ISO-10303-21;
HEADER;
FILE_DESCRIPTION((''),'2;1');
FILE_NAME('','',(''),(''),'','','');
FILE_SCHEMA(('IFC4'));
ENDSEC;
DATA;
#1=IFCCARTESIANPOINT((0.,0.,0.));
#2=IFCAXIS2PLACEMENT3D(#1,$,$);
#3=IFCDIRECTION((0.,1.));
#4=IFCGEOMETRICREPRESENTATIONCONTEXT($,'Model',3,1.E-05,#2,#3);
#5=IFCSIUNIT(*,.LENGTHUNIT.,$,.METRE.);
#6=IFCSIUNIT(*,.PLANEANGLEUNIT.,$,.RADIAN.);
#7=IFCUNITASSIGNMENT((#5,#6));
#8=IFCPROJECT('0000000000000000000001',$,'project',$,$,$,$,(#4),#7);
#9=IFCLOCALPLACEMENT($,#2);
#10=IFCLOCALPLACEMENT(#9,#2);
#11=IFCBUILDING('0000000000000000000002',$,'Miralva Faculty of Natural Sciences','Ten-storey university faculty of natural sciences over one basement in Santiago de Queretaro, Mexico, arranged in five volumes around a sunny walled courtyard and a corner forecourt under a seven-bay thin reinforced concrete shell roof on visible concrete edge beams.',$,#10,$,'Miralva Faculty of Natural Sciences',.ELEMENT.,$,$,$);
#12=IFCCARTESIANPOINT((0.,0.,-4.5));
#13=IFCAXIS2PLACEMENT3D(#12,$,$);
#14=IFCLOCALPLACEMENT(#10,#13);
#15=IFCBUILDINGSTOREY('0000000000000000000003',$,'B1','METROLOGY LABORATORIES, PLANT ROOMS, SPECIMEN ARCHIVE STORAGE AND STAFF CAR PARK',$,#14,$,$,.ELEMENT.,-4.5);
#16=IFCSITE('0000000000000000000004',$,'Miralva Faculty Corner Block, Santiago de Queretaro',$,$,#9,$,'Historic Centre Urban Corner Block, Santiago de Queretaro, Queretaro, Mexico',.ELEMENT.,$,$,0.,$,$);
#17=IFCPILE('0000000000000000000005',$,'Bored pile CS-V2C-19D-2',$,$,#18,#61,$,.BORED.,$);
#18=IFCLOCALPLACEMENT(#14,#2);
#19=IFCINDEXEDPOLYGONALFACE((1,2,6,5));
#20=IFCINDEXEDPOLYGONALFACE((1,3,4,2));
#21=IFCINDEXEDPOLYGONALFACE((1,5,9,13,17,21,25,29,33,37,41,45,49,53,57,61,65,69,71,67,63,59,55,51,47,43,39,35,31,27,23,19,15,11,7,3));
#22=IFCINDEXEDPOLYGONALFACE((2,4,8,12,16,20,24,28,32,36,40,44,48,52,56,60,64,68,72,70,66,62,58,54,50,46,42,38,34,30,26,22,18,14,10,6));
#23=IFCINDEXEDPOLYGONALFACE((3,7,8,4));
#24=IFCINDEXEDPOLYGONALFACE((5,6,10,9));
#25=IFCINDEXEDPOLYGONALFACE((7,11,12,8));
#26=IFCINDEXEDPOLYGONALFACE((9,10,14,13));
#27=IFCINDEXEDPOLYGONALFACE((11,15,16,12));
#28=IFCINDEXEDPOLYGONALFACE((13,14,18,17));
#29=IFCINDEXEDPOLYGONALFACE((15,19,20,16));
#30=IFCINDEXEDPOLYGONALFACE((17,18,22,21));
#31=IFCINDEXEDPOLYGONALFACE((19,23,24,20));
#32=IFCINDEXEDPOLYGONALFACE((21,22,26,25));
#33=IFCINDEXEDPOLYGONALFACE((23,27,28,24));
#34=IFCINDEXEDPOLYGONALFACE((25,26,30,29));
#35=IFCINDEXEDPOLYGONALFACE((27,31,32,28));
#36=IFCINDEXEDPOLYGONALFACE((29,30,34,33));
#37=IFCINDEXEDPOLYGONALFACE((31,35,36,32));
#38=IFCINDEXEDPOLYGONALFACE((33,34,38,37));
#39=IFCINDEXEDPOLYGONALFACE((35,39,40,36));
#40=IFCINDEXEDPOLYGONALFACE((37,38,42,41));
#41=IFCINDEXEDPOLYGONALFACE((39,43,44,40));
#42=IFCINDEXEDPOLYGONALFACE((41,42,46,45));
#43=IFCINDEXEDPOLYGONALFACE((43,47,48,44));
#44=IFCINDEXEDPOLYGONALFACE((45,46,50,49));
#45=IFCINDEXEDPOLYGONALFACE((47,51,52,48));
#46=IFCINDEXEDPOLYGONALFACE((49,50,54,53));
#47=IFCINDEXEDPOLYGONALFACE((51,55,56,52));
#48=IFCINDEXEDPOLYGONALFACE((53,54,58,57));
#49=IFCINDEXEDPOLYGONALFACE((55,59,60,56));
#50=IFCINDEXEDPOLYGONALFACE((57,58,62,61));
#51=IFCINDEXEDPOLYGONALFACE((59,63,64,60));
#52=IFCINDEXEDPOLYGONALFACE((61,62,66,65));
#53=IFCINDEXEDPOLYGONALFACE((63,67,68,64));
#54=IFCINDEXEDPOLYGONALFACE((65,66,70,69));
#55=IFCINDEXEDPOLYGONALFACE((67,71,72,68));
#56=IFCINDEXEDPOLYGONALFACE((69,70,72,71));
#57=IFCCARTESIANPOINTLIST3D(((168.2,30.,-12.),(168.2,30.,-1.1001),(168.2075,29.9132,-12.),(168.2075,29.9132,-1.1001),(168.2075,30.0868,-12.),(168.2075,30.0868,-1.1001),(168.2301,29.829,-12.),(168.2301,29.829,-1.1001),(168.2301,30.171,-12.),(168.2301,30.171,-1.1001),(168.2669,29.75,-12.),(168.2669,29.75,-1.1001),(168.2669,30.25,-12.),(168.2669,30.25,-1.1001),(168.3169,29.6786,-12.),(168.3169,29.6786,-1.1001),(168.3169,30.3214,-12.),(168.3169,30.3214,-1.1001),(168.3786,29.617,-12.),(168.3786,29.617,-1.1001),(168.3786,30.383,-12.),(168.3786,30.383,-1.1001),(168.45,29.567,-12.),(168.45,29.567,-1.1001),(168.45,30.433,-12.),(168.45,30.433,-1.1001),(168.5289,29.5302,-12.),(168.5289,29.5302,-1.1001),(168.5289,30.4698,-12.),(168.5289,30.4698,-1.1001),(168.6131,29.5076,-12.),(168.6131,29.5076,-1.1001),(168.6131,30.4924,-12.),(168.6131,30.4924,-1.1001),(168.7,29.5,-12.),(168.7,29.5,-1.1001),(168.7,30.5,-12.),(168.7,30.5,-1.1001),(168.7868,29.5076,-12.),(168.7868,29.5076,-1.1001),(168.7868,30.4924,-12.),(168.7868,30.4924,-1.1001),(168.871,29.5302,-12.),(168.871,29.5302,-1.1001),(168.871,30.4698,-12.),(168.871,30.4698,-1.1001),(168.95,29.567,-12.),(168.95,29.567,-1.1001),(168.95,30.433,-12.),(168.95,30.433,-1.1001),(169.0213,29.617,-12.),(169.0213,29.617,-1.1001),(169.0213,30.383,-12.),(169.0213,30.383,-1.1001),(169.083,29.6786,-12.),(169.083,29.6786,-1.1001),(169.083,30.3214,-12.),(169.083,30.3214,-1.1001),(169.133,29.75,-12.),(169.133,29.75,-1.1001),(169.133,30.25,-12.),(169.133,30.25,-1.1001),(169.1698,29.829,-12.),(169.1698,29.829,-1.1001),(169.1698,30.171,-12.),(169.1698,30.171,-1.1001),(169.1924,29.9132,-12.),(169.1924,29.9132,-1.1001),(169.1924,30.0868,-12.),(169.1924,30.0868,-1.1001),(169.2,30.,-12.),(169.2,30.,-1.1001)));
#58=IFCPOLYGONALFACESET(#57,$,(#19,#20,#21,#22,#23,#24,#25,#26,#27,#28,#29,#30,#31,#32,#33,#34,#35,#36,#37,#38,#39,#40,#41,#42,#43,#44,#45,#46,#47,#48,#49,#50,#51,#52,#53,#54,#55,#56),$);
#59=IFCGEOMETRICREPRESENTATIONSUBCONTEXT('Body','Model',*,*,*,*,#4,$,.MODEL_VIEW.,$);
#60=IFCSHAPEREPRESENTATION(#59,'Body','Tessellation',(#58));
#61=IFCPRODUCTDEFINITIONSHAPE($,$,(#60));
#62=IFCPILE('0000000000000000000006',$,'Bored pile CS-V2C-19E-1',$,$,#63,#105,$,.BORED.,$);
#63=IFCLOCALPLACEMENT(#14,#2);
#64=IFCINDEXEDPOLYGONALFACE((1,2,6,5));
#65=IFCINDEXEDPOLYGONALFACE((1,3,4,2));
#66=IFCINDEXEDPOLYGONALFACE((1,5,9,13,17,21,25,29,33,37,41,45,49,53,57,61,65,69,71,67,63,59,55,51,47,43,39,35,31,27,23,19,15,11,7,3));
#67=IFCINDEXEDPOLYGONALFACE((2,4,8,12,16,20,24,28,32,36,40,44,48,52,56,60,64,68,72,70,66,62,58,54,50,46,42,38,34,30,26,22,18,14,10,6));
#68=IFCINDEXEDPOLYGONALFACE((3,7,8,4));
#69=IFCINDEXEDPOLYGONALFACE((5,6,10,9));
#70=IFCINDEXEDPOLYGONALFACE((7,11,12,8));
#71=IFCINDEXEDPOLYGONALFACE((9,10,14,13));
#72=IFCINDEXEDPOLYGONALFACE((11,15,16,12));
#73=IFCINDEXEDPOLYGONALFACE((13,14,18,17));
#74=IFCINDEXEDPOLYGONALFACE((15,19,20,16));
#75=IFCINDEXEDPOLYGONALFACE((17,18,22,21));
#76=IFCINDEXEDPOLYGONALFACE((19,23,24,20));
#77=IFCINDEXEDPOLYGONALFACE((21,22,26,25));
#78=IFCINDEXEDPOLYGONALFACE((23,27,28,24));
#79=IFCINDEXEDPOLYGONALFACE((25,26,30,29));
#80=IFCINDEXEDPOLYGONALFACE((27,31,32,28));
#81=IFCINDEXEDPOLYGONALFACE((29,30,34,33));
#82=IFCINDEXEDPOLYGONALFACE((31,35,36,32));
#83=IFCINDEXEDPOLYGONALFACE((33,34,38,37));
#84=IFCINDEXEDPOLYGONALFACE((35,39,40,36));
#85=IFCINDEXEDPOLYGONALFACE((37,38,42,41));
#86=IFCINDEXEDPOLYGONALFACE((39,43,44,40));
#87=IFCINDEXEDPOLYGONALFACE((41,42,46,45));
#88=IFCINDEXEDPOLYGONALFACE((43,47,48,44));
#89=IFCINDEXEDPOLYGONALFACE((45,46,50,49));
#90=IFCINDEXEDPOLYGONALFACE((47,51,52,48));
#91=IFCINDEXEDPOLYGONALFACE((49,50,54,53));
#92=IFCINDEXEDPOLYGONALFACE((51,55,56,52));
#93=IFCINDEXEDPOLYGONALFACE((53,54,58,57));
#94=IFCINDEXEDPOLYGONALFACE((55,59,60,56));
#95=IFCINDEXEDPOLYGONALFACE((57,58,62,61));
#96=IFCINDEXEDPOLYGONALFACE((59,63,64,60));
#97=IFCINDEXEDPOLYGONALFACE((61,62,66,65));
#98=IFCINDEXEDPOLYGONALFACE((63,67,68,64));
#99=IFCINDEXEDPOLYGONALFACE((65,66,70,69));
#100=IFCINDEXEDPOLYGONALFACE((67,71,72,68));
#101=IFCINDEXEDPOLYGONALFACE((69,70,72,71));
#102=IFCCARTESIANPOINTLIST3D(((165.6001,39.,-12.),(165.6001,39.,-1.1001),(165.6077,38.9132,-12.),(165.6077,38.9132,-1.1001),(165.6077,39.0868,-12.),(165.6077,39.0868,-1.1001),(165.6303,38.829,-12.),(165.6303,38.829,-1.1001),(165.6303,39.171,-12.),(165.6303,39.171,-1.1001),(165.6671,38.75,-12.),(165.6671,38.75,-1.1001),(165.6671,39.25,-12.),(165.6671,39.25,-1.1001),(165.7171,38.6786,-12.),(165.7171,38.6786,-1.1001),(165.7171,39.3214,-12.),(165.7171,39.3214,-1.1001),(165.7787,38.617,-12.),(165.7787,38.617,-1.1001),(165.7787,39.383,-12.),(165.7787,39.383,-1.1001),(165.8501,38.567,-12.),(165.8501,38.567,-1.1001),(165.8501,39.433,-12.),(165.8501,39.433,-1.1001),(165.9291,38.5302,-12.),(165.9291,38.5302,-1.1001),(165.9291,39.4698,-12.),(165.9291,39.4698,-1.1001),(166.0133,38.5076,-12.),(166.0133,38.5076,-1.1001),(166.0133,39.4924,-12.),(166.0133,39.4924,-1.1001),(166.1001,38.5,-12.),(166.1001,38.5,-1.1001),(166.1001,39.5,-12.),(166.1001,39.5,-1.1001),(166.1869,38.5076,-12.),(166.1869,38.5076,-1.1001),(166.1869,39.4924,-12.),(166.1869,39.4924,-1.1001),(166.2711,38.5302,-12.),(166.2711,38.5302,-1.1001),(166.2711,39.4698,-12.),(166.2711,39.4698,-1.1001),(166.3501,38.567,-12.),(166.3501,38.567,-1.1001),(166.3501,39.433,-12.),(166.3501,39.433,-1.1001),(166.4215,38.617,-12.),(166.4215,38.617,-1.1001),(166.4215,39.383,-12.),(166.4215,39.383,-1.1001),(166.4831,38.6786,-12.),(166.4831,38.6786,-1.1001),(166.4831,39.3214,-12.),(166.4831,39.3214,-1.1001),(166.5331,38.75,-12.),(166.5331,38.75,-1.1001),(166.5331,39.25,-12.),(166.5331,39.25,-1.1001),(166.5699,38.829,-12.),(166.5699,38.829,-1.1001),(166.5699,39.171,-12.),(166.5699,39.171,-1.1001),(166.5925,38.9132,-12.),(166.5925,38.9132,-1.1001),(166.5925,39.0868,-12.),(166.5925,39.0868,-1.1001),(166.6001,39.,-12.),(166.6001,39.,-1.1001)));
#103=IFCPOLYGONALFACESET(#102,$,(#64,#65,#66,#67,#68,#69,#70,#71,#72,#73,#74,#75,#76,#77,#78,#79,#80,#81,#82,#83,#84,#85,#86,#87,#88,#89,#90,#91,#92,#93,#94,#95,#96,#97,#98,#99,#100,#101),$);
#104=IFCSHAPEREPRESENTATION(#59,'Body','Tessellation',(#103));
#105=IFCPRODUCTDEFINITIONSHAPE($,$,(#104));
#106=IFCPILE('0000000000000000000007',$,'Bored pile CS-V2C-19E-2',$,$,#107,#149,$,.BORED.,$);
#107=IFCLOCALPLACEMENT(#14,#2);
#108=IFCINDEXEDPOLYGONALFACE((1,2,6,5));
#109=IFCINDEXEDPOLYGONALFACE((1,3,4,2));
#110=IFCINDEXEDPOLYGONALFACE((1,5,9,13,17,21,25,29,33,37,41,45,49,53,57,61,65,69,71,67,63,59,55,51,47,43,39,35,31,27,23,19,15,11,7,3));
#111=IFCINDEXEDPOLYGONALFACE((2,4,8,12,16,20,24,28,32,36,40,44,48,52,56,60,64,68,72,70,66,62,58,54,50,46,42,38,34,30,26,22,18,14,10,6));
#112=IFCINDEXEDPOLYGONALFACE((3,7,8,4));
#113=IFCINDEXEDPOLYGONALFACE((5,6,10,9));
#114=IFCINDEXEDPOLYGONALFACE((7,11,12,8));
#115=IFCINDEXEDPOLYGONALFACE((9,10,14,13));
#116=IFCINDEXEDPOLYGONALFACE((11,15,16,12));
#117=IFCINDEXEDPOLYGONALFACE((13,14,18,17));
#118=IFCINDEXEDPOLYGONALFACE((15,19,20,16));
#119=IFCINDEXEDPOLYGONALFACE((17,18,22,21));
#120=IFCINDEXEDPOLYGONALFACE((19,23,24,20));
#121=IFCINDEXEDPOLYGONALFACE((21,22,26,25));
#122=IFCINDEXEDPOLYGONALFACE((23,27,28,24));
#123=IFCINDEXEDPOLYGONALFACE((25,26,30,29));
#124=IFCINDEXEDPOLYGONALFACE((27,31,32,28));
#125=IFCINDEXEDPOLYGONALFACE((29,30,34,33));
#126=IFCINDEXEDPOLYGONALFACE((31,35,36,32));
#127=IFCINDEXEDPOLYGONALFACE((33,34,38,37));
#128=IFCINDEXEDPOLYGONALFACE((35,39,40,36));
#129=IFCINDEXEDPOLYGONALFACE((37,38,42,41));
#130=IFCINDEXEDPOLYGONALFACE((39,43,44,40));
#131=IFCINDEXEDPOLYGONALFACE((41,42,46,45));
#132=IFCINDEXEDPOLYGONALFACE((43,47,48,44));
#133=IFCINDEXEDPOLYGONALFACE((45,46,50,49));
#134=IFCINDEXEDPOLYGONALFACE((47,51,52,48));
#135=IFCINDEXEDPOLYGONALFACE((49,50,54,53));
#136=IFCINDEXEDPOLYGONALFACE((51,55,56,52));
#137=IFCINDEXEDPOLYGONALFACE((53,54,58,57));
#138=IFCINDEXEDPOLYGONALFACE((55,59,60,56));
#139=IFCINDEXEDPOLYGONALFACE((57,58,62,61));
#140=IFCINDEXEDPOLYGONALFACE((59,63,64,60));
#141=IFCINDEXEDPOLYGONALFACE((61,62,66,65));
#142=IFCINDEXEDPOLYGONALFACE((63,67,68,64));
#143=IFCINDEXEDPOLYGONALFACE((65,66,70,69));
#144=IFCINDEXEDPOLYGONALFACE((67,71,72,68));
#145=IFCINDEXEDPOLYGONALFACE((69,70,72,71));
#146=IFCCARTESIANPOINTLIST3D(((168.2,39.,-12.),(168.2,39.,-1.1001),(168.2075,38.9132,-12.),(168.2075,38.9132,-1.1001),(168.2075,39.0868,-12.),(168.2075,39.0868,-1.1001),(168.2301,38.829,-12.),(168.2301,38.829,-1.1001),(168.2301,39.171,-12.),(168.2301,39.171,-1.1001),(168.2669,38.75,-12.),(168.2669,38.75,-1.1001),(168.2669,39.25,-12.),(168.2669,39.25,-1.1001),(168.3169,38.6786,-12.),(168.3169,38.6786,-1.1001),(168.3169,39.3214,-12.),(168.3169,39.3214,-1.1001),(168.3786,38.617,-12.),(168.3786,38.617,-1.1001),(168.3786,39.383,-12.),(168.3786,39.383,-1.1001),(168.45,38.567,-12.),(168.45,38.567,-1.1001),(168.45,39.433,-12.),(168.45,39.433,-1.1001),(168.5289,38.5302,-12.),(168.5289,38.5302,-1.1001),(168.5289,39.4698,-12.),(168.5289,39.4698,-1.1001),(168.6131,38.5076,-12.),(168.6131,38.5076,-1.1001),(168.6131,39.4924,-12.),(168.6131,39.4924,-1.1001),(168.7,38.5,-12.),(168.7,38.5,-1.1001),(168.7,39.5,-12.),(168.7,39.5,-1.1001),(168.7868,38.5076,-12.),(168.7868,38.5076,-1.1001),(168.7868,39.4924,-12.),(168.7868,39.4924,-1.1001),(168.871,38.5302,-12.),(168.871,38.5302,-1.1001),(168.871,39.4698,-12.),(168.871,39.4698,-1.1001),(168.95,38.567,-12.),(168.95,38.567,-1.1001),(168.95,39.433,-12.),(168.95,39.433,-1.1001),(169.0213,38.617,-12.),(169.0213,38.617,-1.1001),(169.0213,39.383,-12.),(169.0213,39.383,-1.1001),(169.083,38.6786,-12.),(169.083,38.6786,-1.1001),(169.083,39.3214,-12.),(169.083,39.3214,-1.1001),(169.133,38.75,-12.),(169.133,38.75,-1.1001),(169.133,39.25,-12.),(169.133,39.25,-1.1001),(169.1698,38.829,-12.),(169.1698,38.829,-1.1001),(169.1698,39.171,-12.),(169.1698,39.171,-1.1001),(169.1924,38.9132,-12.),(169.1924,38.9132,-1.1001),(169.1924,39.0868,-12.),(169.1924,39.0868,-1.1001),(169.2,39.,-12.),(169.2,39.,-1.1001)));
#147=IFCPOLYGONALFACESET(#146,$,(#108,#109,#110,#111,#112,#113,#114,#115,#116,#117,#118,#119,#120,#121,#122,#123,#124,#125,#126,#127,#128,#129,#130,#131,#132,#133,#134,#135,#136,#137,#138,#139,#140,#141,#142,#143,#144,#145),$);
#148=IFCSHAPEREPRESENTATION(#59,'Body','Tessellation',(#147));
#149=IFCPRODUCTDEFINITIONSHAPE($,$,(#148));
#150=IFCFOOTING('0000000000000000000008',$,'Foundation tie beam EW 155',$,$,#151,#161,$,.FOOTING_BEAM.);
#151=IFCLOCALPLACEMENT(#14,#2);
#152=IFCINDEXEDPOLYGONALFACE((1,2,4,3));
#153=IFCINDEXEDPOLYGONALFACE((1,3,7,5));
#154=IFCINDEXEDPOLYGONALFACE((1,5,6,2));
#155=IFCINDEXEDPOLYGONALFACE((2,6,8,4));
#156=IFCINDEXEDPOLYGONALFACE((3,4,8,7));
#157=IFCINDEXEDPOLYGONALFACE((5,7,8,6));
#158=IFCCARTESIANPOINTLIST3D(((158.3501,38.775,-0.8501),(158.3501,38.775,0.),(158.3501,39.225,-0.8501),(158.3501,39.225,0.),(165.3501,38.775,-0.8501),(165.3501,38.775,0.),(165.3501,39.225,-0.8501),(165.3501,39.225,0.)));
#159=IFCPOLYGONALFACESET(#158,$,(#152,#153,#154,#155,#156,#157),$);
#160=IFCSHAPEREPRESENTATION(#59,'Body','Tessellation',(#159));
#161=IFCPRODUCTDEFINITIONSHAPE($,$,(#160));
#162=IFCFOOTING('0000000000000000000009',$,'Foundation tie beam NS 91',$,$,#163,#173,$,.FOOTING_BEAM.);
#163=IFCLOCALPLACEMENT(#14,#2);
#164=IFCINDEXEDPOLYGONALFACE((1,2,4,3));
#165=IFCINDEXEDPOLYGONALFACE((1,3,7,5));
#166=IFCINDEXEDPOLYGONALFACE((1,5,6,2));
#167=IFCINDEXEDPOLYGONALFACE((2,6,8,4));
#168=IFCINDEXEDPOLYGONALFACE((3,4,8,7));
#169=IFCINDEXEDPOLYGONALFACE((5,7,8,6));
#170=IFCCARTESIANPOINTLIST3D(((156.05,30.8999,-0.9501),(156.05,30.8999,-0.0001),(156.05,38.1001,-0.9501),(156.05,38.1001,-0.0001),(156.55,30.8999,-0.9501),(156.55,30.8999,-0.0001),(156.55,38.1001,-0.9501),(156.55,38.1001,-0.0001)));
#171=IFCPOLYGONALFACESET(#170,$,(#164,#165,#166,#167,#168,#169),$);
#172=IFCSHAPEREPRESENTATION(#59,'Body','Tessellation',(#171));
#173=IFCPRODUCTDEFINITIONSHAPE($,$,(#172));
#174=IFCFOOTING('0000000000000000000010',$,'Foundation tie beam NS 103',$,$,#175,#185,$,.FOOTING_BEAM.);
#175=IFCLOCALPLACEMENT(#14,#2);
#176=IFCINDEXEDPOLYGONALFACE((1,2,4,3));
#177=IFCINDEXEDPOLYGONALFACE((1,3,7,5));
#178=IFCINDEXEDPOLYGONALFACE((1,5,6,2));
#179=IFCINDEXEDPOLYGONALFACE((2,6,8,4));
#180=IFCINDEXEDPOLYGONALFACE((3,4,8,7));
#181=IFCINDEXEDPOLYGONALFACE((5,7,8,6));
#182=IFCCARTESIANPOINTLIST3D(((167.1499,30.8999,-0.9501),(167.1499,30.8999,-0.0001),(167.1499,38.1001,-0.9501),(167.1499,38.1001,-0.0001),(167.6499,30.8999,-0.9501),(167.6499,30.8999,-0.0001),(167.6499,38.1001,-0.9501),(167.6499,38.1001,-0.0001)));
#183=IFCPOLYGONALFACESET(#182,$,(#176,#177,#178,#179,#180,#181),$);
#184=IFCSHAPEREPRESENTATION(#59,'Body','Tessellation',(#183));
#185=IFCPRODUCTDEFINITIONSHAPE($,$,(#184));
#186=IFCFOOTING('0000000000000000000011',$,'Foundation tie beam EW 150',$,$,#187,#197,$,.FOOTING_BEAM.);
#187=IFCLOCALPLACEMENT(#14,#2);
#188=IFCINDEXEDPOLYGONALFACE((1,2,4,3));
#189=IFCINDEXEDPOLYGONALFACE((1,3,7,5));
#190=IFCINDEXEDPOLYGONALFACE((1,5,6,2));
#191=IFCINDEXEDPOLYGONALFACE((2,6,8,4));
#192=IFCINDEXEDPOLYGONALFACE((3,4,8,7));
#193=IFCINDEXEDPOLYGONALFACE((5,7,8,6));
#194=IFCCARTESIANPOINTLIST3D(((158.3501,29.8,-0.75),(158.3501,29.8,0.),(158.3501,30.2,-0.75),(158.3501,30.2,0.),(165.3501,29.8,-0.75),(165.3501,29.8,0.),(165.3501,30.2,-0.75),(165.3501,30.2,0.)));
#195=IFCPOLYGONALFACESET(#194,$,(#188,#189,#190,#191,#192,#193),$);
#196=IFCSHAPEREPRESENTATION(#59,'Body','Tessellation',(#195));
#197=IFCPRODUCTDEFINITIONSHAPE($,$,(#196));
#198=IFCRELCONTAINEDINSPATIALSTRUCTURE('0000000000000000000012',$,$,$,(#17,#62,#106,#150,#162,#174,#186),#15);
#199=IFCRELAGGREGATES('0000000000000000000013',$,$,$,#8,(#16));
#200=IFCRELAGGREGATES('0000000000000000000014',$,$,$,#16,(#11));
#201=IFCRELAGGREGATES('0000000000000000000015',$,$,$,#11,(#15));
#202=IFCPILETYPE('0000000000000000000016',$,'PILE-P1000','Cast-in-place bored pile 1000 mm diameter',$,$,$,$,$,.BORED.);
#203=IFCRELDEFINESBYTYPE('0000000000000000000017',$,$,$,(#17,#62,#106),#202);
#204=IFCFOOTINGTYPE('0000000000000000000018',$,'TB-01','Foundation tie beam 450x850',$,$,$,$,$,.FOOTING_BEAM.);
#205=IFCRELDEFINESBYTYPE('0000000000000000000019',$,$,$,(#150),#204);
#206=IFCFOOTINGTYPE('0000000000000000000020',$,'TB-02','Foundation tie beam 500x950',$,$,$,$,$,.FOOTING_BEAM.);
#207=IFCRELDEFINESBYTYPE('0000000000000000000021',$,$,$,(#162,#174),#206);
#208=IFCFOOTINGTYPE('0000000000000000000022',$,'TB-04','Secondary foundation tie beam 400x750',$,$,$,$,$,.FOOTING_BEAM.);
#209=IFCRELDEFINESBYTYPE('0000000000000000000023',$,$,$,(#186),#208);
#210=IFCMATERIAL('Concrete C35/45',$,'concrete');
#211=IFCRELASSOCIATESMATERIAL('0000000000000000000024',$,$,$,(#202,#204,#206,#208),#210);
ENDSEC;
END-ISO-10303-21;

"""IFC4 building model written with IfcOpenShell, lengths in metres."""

from ifc_helpers import new_model, si_unit, direction, frame, origin, origin_2d, place, context, subcontext, project, spatial, rectangle, circle, extrude, material, material_profile, profile_set, type_object, element, save


model = new_model("IFC4")

# Units and contexts
model_context = context("Model", 3, precision=1e-05, world=origin(), true_north=direction((0.0, 1.0)))
body_context = subcontext(model_context, "Body", "Model", "MODEL_VIEW")
ifc_project = project(units=[si_unit("LENGTHUNIT", "METRE"), si_unit("PLANEANGLEUNIT", "RADIAN")], contexts=[model_context])

# Site, building, storey
site_placement = place(None, origin())
site = spatial("IfcSite", under=ifc_project, at=site_placement, Name="Miralva Faculty Corner Block, Santiago de Queretaro", LongName="Historic Centre Urban Corner Block, Santiago de Queretaro, Queretaro, Mexico", CompositionType="ELEMENT", RefElevation=0.0)
building_placement = place(site_placement, origin())
building = spatial("IfcBuilding", under=site, at=building_placement, Name="Miralva Faculty of Natural Sciences", Description="Ten-storey university faculty of natural sciences over one basement in Santiago de Queretaro, Mexico, arranged in five volumes around a sunny walled courtyard and a corner forecourt under a seven-bay thin reinforced concrete shell roof on visible concrete edge beams.", LongName="Miralva Faculty of Natural Sciences", CompositionType="ELEMENT")
storey_placement = place(building_placement, frame((0.0, 0.0, -4.5)))
storey = spatial("IfcBuildingStorey", under=building, at=storey_placement, Name="B1", Description="METROLOGY LABORATORIES, PLANT ROOMS, SPECIMEN ARCHIVE STORAGE AND STAFF CAR PARK", CompositionType="ELEMENT", Elevation=-4.5)

# Shared definitions
ifc_material_1 = material(Name="Concrete C35/45", Category="concrete")

# Piles
ifc_material_profile_1 = material_profile(ifc_material_1, circle(Radius=0.5, at=origin_2d()), Name="BORED PILE 1000")
ifc_profile_set_1 = profile_set([ifc_material_profile_1], Name="Concrete C35/45")
pile_type = type_object("IfcPileType", Name="PILE-P1000", Description="Cast-in-place bored pile 1000 mm diameter", PredefinedType="BORED", material=ifc_profile_set_1)
for number, where, z_axis, x_axis, name in (
    (1, (168.7, 30.0, -1.1001), (0.0, 0.0, -1.0), (1.0, 0.0, 0.0), "Bored pile CS-V2C-19D-2"),
    (2, (166.1001, 39.0, -1.1001), (0.0, 0.0, -1.0), (1.0, 0.0, 0.0), "Bored pile CS-V2C-19E-1"),
    (3, (168.7, 39.0, -1.1001), (0.0, 0.0, -1.0), (1.0, 0.0, 0.0), "Bored pile CS-V2C-19E-2"),
):
    element("IfcPile", number, at=place(storey_placement, frame(where, z_axis=z_axis, x_axis=x_axis)), inside=storey, type_object=pile_type, Name=name, PredefinedType="BORED", context=body_context, shape_type="SweptSolid", body=[
        extrude(circle(Radius=0.5, at=origin_2d()), origin(), (0.0, 0.0, 1.0), 10.8999),
    ])

# Footings
ifc_material_profile_2 = material_profile(ifc_material_1, rectangle(XDim=0.45, YDim=0.8501, at=origin_2d()), Name="RC 450x850")
ifc_profile_set_2 = profile_set([ifc_material_profile_2], Name="Concrete C35/45")
footing_type_1 = type_object("IfcFootingType", Name="TB-01", Description="Foundation tie beam 450x850", PredefinedType="FOOTING_BEAM", material=ifc_profile_set_2)
footing_1_placement = place(storey_placement, frame((158.3501, 39.0, -0.425), z_axis=(1.0, 0.0, 0.0), x_axis=(0.0, 1.0, 0.0)))
element("IfcFooting", 4, at=footing_1_placement, inside=storey, type_object=footing_type_1, Name="Foundation tie beam EW 155", PredefinedType="FOOTING_BEAM", context=body_context, shape_type="SweptSolid", body=[
    extrude(rectangle(XDim=0.45, YDim=0.8501, at=origin_2d()), origin(), (0.0, 0.0, 1.0), 7.0),
])
ifc_material_profile_3 = material_profile(ifc_material_1, rectangle(XDim=0.5, YDim=0.95, at=origin_2d()), Name="RC 500x950")
ifc_profile_set_3 = profile_set([ifc_material_profile_3], Name="Concrete C35/45")
footing_type_2 = type_object("IfcFootingType", Name="TB-02", Description="Foundation tie beam 500x950", PredefinedType="FOOTING_BEAM", material=ifc_profile_set_3)
for number, where, z_axis, x_axis, name in (
    (5, (156.3, 30.8999, -0.4751), (0.0, 1.0, 0.0), (-1.0, 0.0, 0.0), "Foundation tie beam NS 91"),
    (6, (167.3999, 30.8999, -0.4751), (0.0, 1.0, 0.0), (-1.0, 0.0, 0.0), "Foundation tie beam NS 103"),
):
    element("IfcFooting", number, at=place(storey_placement, frame(where, z_axis=z_axis, x_axis=x_axis)), inside=storey, type_object=footing_type_2, Name=name, PredefinedType="FOOTING_BEAM", context=body_context, shape_type="SweptSolid", body=[
        extrude(rectangle(XDim=0.5, YDim=0.95, at=origin_2d()), origin(), (0.0, 0.0, 1.0), 7.2002),
    ])
ifc_material_profile_4 = material_profile(ifc_material_1, rectangle(XDim=0.3999, YDim=0.75, at=origin_2d()), Name="RC 400x750")
ifc_profile_set_4 = profile_set([ifc_material_profile_4], Name="Concrete C35/45")
footing_type_3 = type_object("IfcFootingType", Name="TB-04", Description="Secondary foundation tie beam 400x750", PredefinedType="FOOTING_BEAM", material=ifc_profile_set_4)
footing_2_placement = place(storey_placement, frame((158.3501, 30.0, -0.375), z_axis=(1.0, 0.0, 0.0), x_axis=(0.0, 1.0, 0.0)))
element("IfcFooting", 7, at=footing_2_placement, inside=storey, type_object=footing_type_3, Name="Foundation tie beam EW 150", PredefinedType="FOOTING_BEAM", context=body_context, shape_type="SweptSolid", body=[
    extrude(rectangle(XDim=0.3999, YDim=0.75, at=origin_2d()), origin(), (0.0, 0.0, 1.0), 7.0),
])

save(model, "model.ifc")
